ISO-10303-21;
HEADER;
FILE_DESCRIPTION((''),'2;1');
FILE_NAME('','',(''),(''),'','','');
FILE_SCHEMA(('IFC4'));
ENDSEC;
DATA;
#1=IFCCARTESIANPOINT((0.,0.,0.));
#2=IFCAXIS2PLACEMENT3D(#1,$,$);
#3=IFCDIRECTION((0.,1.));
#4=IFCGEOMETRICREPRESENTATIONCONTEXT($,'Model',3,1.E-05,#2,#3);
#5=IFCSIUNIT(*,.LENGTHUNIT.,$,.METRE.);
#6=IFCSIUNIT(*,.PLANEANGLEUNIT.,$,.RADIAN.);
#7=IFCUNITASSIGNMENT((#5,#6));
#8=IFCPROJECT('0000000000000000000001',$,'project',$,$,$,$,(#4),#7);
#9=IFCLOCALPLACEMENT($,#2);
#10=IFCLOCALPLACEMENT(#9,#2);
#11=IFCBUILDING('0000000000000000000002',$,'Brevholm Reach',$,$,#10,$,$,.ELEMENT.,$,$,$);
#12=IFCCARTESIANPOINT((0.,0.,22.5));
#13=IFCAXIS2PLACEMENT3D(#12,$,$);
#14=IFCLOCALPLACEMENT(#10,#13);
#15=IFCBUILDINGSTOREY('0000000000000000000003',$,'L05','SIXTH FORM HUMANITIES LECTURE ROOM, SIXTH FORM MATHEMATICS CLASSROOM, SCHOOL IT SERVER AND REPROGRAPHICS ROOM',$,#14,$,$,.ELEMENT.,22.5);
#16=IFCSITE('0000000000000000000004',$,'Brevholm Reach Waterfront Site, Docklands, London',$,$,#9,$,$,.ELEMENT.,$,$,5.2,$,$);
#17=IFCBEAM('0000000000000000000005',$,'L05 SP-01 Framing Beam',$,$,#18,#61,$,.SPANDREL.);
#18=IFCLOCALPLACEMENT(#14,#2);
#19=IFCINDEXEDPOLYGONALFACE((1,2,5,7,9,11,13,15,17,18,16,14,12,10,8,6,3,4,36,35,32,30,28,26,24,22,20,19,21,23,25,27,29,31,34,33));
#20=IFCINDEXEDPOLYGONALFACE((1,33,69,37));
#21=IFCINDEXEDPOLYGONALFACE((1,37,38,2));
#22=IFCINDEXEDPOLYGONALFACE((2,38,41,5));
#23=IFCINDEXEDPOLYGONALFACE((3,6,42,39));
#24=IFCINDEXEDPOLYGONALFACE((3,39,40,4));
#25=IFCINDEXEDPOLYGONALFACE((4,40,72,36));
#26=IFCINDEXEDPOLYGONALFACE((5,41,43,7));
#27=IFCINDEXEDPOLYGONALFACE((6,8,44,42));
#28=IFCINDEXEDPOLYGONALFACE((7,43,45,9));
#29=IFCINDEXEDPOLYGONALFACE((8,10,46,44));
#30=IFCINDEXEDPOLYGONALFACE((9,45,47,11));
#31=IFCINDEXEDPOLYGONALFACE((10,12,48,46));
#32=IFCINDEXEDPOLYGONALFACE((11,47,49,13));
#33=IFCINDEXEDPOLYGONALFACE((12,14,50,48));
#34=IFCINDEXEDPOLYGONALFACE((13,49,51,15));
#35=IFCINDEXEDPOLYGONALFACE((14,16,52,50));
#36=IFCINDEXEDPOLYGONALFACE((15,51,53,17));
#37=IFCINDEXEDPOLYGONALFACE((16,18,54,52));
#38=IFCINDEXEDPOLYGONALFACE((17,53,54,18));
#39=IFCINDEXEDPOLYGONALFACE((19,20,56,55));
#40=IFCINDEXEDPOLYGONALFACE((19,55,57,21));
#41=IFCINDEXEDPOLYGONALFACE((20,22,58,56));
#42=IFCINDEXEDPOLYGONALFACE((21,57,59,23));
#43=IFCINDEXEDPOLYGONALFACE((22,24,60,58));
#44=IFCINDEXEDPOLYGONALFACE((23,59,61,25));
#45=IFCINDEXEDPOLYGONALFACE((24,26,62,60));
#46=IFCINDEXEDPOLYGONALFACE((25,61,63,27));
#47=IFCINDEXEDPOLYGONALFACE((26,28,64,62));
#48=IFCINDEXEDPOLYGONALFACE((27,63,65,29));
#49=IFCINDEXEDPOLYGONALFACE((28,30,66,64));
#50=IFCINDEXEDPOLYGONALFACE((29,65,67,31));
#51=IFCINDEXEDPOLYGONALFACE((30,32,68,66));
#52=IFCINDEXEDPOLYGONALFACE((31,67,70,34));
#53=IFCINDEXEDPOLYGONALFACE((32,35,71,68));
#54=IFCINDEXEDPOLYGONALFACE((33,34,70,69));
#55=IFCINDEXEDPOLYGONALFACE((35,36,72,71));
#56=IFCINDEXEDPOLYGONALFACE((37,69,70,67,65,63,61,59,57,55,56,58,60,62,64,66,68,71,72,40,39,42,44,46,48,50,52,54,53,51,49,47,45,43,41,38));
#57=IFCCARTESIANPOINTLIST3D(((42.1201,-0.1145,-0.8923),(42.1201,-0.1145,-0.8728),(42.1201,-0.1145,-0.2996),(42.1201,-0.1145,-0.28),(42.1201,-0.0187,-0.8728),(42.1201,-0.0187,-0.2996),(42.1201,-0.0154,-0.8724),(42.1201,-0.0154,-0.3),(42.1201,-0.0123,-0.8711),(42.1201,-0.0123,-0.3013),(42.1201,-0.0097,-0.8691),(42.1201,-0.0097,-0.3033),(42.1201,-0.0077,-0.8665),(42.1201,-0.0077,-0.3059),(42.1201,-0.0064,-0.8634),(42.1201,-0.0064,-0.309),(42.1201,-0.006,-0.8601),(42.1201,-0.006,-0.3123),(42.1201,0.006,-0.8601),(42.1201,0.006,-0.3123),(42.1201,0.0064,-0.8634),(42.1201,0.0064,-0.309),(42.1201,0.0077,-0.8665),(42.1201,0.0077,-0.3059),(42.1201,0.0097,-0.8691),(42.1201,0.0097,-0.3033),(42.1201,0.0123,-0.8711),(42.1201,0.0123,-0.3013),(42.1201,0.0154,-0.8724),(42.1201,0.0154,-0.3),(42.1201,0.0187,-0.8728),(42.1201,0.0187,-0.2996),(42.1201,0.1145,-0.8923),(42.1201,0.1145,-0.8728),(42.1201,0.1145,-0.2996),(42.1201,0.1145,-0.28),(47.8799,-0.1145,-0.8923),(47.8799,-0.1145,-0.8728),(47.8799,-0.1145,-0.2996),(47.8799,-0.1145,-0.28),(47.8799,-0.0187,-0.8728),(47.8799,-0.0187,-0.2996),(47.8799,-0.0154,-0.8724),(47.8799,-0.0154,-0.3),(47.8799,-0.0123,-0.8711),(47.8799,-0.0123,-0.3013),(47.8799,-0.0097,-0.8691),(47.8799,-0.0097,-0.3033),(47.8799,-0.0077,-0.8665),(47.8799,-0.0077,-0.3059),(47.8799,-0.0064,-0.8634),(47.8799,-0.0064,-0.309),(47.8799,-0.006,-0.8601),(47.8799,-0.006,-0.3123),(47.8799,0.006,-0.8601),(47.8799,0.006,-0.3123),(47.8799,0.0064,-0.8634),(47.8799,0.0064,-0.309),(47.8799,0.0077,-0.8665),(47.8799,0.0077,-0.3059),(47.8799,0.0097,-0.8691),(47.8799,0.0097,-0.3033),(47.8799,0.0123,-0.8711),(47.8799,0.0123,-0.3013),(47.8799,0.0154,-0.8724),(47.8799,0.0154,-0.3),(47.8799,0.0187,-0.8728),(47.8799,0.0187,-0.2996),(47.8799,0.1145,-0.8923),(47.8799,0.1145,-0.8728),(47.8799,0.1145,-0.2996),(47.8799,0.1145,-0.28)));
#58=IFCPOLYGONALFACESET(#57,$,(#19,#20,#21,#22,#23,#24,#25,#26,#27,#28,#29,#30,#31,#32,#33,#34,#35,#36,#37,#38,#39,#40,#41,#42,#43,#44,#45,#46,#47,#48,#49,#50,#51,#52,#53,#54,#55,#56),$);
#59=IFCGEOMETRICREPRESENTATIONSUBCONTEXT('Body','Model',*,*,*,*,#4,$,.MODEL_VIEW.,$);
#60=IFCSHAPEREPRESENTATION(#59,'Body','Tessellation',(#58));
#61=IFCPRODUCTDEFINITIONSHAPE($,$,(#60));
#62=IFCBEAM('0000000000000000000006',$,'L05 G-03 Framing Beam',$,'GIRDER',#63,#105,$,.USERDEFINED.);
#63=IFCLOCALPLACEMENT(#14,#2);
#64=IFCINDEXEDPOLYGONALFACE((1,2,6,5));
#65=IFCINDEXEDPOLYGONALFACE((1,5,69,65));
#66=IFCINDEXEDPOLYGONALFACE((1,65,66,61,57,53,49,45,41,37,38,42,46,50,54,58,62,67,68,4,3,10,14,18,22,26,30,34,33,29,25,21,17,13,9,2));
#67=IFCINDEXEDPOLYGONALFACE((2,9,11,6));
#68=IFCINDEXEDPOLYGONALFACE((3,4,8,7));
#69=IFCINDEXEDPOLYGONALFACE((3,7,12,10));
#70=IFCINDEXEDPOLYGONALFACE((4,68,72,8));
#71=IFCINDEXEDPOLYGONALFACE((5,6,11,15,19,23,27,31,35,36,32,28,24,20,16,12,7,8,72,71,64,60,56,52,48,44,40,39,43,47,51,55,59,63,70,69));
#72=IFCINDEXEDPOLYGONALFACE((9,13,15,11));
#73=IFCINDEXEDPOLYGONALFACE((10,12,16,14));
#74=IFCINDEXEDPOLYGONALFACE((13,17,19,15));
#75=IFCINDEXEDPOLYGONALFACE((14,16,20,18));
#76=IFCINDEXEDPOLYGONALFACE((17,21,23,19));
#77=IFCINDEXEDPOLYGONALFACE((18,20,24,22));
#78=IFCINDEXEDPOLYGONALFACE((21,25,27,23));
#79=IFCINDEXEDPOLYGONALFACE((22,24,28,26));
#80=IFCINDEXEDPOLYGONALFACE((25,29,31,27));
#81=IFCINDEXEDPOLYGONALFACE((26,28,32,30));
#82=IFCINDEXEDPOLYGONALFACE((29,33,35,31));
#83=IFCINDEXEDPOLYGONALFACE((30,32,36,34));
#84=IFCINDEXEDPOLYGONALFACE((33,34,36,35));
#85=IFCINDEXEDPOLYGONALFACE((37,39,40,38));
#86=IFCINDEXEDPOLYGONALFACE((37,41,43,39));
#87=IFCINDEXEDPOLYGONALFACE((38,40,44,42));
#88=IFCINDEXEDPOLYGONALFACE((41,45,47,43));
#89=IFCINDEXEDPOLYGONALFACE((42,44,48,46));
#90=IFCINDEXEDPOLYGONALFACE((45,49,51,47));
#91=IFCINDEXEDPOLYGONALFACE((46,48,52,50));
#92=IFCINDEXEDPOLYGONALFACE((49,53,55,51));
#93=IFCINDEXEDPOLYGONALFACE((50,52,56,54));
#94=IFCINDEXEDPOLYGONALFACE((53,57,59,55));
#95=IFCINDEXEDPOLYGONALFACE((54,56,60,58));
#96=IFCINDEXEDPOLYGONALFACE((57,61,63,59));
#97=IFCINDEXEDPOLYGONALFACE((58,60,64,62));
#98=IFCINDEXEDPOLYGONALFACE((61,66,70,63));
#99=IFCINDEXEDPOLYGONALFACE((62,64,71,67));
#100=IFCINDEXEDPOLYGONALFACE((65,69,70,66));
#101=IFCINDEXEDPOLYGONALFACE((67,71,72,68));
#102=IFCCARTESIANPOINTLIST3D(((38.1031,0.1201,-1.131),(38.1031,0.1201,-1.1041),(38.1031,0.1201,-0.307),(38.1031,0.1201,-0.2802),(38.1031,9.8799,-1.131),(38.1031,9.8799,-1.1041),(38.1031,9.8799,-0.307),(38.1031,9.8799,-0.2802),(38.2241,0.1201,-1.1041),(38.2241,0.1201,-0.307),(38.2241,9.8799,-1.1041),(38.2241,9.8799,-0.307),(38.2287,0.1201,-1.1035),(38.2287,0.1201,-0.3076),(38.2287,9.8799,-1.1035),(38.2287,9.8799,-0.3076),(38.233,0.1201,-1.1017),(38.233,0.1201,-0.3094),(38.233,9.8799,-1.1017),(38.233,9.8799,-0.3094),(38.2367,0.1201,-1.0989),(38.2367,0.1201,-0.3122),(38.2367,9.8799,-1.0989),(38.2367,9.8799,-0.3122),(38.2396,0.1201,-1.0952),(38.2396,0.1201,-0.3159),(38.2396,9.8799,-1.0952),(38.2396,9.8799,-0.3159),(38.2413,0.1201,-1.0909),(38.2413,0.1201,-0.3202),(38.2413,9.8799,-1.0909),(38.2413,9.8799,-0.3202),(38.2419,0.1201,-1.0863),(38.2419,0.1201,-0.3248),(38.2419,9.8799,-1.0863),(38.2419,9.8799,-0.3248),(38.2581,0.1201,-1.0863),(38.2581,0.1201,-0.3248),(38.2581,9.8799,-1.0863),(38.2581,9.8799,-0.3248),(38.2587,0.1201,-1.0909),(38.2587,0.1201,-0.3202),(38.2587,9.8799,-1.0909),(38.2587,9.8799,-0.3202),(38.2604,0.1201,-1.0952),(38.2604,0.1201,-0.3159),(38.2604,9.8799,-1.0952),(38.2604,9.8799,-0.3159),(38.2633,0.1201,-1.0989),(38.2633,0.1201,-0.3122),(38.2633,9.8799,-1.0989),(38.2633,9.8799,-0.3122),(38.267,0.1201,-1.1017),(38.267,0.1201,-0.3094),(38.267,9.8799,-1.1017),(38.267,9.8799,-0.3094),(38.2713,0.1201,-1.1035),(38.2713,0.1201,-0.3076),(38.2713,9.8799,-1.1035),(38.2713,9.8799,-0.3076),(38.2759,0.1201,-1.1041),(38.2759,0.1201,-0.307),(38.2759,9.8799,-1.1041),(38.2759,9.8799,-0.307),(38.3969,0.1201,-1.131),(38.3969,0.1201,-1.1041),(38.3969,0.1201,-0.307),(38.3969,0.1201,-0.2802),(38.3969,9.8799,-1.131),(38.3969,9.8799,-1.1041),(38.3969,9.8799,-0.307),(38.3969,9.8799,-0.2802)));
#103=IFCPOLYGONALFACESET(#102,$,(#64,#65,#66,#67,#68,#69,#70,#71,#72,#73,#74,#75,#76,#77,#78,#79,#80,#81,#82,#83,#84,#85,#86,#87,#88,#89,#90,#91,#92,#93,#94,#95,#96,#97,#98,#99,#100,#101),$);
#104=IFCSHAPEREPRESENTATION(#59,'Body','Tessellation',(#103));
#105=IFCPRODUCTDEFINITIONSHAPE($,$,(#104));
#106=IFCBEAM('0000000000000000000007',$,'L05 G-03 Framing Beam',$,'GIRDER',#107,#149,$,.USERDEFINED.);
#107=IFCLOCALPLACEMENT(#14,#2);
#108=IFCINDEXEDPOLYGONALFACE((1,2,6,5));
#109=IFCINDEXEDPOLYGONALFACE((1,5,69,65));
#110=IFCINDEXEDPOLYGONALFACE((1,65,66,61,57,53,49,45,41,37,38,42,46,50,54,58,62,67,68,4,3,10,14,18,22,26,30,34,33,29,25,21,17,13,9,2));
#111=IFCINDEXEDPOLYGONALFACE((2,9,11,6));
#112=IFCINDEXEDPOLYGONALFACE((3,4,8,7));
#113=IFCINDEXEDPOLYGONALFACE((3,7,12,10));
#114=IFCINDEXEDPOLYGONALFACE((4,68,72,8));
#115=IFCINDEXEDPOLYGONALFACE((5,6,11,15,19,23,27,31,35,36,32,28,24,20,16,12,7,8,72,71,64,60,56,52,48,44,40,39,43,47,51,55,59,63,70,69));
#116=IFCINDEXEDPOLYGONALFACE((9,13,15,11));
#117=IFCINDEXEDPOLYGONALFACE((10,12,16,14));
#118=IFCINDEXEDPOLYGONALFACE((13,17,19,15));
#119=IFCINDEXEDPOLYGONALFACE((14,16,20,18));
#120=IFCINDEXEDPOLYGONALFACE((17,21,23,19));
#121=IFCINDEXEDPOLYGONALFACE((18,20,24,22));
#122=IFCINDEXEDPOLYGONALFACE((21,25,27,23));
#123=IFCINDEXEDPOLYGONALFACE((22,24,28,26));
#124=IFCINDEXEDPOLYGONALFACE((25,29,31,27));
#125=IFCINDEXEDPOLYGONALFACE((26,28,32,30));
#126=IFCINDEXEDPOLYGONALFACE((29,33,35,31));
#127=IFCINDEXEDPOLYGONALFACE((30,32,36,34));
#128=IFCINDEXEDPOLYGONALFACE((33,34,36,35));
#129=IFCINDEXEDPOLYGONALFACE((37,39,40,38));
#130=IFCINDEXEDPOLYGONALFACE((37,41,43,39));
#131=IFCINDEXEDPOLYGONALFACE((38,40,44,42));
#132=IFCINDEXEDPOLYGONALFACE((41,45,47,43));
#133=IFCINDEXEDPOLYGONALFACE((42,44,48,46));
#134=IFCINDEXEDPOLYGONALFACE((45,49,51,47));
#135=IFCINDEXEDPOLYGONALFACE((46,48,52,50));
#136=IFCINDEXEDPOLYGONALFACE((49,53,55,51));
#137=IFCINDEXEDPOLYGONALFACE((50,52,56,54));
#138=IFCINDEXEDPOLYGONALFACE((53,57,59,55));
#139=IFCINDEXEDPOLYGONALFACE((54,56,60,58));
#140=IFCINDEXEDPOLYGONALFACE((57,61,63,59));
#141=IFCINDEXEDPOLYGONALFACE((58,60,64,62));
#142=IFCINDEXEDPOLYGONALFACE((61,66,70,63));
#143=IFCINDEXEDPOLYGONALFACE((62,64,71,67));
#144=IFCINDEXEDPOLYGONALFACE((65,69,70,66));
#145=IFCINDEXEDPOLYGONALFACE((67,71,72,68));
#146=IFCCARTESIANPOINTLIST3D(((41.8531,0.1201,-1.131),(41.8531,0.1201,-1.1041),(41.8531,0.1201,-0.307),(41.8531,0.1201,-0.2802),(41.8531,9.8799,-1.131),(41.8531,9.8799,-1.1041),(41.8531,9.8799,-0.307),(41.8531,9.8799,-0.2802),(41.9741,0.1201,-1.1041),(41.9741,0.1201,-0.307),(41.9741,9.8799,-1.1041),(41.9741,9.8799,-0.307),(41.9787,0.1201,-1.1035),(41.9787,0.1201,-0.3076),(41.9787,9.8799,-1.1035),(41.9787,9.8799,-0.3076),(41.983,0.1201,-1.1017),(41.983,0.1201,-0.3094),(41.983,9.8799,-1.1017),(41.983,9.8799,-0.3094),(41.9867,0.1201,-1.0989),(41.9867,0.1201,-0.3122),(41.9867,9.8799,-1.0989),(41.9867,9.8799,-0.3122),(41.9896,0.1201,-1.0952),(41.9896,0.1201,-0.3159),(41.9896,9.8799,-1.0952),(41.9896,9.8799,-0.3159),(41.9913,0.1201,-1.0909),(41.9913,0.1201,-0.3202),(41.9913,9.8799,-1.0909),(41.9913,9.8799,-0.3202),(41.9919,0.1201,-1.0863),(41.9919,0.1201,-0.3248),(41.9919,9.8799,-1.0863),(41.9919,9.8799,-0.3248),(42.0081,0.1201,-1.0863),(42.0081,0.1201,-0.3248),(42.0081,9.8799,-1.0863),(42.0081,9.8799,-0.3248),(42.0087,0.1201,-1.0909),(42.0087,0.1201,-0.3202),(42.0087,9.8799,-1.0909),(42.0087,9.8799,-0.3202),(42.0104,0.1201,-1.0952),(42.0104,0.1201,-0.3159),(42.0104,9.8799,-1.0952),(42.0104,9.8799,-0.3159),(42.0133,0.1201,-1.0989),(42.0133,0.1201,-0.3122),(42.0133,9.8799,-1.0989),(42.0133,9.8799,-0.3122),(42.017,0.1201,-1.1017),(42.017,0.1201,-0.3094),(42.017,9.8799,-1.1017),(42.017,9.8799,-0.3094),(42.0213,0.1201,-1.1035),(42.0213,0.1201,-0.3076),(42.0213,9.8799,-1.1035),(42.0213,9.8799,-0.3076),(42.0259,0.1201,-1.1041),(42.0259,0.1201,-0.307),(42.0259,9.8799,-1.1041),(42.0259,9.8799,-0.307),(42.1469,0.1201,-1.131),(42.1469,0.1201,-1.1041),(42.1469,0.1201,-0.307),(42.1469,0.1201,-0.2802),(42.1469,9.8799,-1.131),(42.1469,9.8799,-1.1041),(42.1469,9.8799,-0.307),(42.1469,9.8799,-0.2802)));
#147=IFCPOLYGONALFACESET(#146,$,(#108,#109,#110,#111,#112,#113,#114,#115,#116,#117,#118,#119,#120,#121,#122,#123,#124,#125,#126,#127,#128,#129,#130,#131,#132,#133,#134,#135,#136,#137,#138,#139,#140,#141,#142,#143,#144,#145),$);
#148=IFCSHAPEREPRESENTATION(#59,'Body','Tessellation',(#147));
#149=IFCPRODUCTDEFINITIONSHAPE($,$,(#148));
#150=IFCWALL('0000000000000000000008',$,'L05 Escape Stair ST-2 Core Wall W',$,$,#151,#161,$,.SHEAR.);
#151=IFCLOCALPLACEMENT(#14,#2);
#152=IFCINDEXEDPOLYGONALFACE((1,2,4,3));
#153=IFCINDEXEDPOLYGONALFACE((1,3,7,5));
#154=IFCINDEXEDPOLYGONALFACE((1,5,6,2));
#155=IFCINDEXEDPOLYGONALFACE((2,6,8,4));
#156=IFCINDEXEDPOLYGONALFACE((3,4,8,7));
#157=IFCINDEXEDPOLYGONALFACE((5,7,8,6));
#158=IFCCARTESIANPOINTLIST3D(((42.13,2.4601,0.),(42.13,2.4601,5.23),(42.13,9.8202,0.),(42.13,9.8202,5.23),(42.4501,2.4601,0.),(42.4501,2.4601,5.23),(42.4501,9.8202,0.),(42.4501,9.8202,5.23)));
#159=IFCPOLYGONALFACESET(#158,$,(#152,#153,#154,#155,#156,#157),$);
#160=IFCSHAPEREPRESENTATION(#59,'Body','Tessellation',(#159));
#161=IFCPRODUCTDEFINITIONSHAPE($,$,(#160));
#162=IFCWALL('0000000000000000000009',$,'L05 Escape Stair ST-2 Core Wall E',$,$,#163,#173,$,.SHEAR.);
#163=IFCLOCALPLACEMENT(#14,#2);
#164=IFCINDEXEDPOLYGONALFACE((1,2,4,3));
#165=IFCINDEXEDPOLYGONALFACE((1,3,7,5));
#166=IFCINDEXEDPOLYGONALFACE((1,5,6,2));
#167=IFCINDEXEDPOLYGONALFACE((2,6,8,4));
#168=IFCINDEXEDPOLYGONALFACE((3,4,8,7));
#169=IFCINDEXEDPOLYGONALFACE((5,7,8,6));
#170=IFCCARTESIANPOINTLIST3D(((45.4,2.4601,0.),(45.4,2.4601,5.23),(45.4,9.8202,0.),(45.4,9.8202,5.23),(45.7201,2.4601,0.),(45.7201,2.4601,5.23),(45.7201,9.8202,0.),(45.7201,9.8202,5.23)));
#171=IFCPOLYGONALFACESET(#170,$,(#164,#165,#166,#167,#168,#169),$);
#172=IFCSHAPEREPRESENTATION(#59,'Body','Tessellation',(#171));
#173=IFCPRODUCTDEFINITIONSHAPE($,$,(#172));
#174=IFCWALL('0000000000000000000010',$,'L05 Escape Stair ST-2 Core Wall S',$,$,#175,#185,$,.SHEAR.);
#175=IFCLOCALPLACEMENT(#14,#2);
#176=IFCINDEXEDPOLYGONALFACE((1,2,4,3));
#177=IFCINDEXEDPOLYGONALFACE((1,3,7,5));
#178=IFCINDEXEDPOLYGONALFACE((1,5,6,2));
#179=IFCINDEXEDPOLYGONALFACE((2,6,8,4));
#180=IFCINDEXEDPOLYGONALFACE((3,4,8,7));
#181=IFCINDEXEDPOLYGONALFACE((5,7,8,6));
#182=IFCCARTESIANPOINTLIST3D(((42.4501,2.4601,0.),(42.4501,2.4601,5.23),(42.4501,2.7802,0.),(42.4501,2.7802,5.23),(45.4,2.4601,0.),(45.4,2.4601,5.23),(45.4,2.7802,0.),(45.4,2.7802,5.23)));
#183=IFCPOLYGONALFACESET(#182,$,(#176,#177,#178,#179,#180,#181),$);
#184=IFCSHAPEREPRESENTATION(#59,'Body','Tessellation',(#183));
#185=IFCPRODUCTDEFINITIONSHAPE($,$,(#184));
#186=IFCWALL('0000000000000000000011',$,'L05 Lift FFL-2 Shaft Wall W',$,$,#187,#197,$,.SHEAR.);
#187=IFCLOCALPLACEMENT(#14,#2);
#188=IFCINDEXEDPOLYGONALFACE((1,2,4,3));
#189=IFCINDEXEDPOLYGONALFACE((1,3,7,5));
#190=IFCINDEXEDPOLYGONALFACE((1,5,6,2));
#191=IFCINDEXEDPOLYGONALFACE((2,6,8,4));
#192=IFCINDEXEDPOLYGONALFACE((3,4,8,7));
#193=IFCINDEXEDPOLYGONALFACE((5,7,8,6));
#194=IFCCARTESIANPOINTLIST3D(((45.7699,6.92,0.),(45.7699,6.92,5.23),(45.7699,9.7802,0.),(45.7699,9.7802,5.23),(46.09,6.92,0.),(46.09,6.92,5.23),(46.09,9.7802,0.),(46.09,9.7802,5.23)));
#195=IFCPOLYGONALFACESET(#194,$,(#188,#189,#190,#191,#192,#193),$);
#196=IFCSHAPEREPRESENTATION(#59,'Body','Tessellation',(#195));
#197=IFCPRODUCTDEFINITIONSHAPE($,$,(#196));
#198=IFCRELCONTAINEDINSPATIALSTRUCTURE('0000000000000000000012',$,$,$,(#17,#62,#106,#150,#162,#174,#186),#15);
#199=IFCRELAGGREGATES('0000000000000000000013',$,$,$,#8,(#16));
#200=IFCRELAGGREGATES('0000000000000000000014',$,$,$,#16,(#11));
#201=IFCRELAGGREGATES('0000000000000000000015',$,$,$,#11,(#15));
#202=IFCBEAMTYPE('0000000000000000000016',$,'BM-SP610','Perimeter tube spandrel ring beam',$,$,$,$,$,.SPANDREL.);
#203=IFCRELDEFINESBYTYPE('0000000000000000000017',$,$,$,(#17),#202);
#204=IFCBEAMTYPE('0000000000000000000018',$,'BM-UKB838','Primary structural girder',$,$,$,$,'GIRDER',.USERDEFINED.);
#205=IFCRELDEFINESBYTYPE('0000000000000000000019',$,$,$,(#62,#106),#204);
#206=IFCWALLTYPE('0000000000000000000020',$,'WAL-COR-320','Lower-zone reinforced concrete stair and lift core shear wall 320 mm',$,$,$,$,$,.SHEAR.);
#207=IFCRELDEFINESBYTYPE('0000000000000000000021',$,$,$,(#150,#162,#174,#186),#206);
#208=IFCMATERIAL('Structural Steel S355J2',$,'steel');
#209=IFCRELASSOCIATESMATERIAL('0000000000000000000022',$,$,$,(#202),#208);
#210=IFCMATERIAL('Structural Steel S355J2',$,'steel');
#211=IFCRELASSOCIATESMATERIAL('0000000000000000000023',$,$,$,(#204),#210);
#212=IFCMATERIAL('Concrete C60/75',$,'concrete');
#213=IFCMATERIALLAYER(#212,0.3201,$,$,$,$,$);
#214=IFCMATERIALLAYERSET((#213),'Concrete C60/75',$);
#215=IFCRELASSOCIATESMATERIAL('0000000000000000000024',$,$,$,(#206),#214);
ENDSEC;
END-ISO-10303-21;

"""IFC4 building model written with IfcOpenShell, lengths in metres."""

from ifc_helpers import new_model, si_unit, direction, frame, frame_2d, origin, origin_2d, place, context, subcontext, project, spatial, rectangle, i_section, extrude, material, layer, layer_set, material_profile, profile_set, type_object, element, save


model = new_model("IFC4")

# Units and contexts
model_context = context("Model", 3, precision=1e-05, world=origin(), true_north=direction((0.0, 1.0)))
body_context = subcontext(model_context, "Body", "Model", "MODEL_VIEW")
ifc_project = project(units=[si_unit("LENGTHUNIT", "METRE"), si_unit("PLANEANGLEUNIT", "RADIAN")], contexts=[model_context])

# Site, building, storey
site_placement = place(None, origin())
site = spatial("IfcSite", under=ifc_project, at=site_placement, Name="Brevholm Reach Waterfront Site, Docklands, London", CompositionType="ELEMENT", RefElevation=5.2)
building_placement = place(site_placement, origin())
building = spatial("IfcBuilding", under=site, at=building_placement, Name="Brevholm Reach", CompositionType="ELEMENT")
storey_placement = place(building_placement, frame((0.0, 0.0, 22.5)))
storey = spatial("IfcBuildingStorey", under=building, at=storey_placement, Name="L05", Description="SIXTH FORM HUMANITIES LECTURE ROOM, SIXTH FORM MATHEMATICS CLASSROOM, SCHOOL IT SERVER AND REPROGRAPHICS ROOM", CompositionType="ELEMENT", Elevation=22.5)

# Beams
ifc_material_1 = material(Name="Structural Steel S355J2", Category="steel")
ifc_material_profile_1 = material_profile(ifc_material_1, i_section(OverallWidth=0.229, OverallDepth=0.6123, WebThickness=0.012, FlangeThickness=0.0195, FilletRadius=0.0127, at=origin_2d()), Name="UKB 610x229x125")
ifc_profile_set_1 = profile_set([ifc_material_profile_1], Name="Structural Steel S355J2")
beam_type_1 = type_object("IfcBeamType", Name="BM-SP610", Description="Perimeter tube spandrel ring beam", PredefinedType="SPANDREL", material=ifc_profile_set_1)
beam_1_placement = place(storey_placement, frame((42.1201, 0.0, -0.5862), z_axis=(1.0, 0.0, 0.0), x_axis=(0.0, 1.0, 0.0)))
element("IfcBeam", 1, at=beam_1_placement, inside=storey, type_object=beam_type_1, Name="L05 SP-01 Framing Beam", PredefinedType="SPANDREL", context=body_context, shape_type="SweptSolid", body=[
    extrude(i_section(OverallWidth=0.229, OverallDepth=0.6123, WebThickness=0.012, FlangeThickness=0.0195, FilletRadius=0.0127, at=origin_2d()), origin(), (0.0, 0.0, 1.0), 5.7598),
])
ifc_material_2 = material(Name="Structural Steel S355J2", Category="steel")
ifc_material_profile_2 = material_profile(ifc_material_2, i_section(OverallWidth=0.2937, OverallDepth=0.8508, WebThickness=0.0161, FlangeThickness=0.0269, FilletRadius=0.0178, at=origin_2d()), Name="UKB 838x292x226")
ifc_profile_set_2 = profile_set([ifc_material_profile_2], Name="Structural Steel S355J2")
beam_type_2 = type_object("IfcBeamType", Name="BM-UKB838", Description="Primary structural girder", ElementType="GIRDER", PredefinedType="USERDEFINED", material=ifc_profile_set_2)
for number, where, z_axis, x_axis, name in (
    (2, (38.25, 0.1201, -0.7056), (0.0, 1.0, 0.0), (-1.0, 0.0, 0.0), "L05 G-03 Framing Beam"),
    (3, (42.0, 0.1201, -0.7056), (0.0, 1.0, 0.0), (-1.0, 0.0, 0.0), "L05 G-03 Framing Beam"),
):
    element("IfcBeam", number, at=place(storey_placement, frame(where, z_axis=z_axis, x_axis=x_axis)), inside=storey, type_object=beam_type_2, Name=name, ObjectType="GIRDER", PredefinedType="USERDEFINED", context=body_context, shape_type="SweptSolid", body=[
        extrude(i_section(OverallWidth=0.2937, OverallDepth=0.8508, WebThickness=0.0161, FlangeThickness=0.0269, FilletRadius=0.0178, at=origin_2d()), origin(), (0.0, 0.0, 1.0), 9.7598),
    ])

# Walls
ifc_material_3 = material(Name="Concrete C60/75", Category="concrete")
ifc_layer_1 = layer(ifc_material_3, 0.3201)
ifc_layer_set_1 = layer_set([ifc_layer_1], Name="Concrete C60/75")
wall_type_1 = type_object("IfcWallType", Name="WAL-COR-320", Description="Lower-zone reinforced concrete stair and lift core shear wall 320 mm", PredefinedType="SHEAR", material=ifc_layer_set_1)
for number, where, z_axis, x_axis, name in (
    (4, (42.29, 2.46, 0.0), (0.0, 0.0, 1.0), (0.0, 1.0, 0.0), "L05 Escape Stair ST-2 Core Wall W"),
    (5, (45.5601, 2.46, 0.0), (0.0, 0.0, 1.0), (0.0, 1.0, 0.0), "L05 Escape Stair ST-2 Core Wall E"),
):
    element("IfcWall", number, at=place(storey_placement, frame(where, z_axis=z_axis, x_axis=x_axis)), inside=storey, type_object=wall_type_1, Name=name, PredefinedType="SHEAR", context=body_context, shape_type="SweptSolid", body=[
        extrude(rectangle(XDim=7.3601, YDim=0.3201, at=frame_2d((3.6802, 0.0))), origin(), (0.0, 0.0, 1.0), 5.23),
    ])
wall_1_placement = place(storey_placement, frame((42.45, 2.6201, 0.0), z_axis=(0.0, 0.0, 1.0), x_axis=(1.0, 0.0, 0.0)))
element("IfcWall", 6, at=wall_1_placement, inside=storey, type_object=wall_type_1, Name="L05 Escape Stair ST-2 Core Wall S", PredefinedType="SHEAR", context=body_context, shape_type="SweptSolid", body=[
    extrude(rectangle(XDim=2.95, YDim=0.3201, at=frame_2d((1.4751, 0.0))), origin(), (0.0, 0.0, 1.0), 5.23),
])
wall_2_placement = place(storey_placement, frame((45.9299, 6.9199, 0.0), z_axis=(0.0, 0.0, 1.0), x_axis=(0.0, 1.0, 0.0)))
element("IfcWall", 7, at=wall_2_placement, inside=storey, type_object=wall_type_1, Name="L05 Lift FFL-2 Shaft Wall W", PredefinedType="SHEAR", context=body_context, shape_type="SweptSolid", body=[
    extrude(rectangle(XDim=2.8601, YDim=0.3201, at=frame_2d((1.4302, 0.0))), origin(), (0.0, 0.0, 1.0), 5.23),
])

save(model, "model.ifc")
